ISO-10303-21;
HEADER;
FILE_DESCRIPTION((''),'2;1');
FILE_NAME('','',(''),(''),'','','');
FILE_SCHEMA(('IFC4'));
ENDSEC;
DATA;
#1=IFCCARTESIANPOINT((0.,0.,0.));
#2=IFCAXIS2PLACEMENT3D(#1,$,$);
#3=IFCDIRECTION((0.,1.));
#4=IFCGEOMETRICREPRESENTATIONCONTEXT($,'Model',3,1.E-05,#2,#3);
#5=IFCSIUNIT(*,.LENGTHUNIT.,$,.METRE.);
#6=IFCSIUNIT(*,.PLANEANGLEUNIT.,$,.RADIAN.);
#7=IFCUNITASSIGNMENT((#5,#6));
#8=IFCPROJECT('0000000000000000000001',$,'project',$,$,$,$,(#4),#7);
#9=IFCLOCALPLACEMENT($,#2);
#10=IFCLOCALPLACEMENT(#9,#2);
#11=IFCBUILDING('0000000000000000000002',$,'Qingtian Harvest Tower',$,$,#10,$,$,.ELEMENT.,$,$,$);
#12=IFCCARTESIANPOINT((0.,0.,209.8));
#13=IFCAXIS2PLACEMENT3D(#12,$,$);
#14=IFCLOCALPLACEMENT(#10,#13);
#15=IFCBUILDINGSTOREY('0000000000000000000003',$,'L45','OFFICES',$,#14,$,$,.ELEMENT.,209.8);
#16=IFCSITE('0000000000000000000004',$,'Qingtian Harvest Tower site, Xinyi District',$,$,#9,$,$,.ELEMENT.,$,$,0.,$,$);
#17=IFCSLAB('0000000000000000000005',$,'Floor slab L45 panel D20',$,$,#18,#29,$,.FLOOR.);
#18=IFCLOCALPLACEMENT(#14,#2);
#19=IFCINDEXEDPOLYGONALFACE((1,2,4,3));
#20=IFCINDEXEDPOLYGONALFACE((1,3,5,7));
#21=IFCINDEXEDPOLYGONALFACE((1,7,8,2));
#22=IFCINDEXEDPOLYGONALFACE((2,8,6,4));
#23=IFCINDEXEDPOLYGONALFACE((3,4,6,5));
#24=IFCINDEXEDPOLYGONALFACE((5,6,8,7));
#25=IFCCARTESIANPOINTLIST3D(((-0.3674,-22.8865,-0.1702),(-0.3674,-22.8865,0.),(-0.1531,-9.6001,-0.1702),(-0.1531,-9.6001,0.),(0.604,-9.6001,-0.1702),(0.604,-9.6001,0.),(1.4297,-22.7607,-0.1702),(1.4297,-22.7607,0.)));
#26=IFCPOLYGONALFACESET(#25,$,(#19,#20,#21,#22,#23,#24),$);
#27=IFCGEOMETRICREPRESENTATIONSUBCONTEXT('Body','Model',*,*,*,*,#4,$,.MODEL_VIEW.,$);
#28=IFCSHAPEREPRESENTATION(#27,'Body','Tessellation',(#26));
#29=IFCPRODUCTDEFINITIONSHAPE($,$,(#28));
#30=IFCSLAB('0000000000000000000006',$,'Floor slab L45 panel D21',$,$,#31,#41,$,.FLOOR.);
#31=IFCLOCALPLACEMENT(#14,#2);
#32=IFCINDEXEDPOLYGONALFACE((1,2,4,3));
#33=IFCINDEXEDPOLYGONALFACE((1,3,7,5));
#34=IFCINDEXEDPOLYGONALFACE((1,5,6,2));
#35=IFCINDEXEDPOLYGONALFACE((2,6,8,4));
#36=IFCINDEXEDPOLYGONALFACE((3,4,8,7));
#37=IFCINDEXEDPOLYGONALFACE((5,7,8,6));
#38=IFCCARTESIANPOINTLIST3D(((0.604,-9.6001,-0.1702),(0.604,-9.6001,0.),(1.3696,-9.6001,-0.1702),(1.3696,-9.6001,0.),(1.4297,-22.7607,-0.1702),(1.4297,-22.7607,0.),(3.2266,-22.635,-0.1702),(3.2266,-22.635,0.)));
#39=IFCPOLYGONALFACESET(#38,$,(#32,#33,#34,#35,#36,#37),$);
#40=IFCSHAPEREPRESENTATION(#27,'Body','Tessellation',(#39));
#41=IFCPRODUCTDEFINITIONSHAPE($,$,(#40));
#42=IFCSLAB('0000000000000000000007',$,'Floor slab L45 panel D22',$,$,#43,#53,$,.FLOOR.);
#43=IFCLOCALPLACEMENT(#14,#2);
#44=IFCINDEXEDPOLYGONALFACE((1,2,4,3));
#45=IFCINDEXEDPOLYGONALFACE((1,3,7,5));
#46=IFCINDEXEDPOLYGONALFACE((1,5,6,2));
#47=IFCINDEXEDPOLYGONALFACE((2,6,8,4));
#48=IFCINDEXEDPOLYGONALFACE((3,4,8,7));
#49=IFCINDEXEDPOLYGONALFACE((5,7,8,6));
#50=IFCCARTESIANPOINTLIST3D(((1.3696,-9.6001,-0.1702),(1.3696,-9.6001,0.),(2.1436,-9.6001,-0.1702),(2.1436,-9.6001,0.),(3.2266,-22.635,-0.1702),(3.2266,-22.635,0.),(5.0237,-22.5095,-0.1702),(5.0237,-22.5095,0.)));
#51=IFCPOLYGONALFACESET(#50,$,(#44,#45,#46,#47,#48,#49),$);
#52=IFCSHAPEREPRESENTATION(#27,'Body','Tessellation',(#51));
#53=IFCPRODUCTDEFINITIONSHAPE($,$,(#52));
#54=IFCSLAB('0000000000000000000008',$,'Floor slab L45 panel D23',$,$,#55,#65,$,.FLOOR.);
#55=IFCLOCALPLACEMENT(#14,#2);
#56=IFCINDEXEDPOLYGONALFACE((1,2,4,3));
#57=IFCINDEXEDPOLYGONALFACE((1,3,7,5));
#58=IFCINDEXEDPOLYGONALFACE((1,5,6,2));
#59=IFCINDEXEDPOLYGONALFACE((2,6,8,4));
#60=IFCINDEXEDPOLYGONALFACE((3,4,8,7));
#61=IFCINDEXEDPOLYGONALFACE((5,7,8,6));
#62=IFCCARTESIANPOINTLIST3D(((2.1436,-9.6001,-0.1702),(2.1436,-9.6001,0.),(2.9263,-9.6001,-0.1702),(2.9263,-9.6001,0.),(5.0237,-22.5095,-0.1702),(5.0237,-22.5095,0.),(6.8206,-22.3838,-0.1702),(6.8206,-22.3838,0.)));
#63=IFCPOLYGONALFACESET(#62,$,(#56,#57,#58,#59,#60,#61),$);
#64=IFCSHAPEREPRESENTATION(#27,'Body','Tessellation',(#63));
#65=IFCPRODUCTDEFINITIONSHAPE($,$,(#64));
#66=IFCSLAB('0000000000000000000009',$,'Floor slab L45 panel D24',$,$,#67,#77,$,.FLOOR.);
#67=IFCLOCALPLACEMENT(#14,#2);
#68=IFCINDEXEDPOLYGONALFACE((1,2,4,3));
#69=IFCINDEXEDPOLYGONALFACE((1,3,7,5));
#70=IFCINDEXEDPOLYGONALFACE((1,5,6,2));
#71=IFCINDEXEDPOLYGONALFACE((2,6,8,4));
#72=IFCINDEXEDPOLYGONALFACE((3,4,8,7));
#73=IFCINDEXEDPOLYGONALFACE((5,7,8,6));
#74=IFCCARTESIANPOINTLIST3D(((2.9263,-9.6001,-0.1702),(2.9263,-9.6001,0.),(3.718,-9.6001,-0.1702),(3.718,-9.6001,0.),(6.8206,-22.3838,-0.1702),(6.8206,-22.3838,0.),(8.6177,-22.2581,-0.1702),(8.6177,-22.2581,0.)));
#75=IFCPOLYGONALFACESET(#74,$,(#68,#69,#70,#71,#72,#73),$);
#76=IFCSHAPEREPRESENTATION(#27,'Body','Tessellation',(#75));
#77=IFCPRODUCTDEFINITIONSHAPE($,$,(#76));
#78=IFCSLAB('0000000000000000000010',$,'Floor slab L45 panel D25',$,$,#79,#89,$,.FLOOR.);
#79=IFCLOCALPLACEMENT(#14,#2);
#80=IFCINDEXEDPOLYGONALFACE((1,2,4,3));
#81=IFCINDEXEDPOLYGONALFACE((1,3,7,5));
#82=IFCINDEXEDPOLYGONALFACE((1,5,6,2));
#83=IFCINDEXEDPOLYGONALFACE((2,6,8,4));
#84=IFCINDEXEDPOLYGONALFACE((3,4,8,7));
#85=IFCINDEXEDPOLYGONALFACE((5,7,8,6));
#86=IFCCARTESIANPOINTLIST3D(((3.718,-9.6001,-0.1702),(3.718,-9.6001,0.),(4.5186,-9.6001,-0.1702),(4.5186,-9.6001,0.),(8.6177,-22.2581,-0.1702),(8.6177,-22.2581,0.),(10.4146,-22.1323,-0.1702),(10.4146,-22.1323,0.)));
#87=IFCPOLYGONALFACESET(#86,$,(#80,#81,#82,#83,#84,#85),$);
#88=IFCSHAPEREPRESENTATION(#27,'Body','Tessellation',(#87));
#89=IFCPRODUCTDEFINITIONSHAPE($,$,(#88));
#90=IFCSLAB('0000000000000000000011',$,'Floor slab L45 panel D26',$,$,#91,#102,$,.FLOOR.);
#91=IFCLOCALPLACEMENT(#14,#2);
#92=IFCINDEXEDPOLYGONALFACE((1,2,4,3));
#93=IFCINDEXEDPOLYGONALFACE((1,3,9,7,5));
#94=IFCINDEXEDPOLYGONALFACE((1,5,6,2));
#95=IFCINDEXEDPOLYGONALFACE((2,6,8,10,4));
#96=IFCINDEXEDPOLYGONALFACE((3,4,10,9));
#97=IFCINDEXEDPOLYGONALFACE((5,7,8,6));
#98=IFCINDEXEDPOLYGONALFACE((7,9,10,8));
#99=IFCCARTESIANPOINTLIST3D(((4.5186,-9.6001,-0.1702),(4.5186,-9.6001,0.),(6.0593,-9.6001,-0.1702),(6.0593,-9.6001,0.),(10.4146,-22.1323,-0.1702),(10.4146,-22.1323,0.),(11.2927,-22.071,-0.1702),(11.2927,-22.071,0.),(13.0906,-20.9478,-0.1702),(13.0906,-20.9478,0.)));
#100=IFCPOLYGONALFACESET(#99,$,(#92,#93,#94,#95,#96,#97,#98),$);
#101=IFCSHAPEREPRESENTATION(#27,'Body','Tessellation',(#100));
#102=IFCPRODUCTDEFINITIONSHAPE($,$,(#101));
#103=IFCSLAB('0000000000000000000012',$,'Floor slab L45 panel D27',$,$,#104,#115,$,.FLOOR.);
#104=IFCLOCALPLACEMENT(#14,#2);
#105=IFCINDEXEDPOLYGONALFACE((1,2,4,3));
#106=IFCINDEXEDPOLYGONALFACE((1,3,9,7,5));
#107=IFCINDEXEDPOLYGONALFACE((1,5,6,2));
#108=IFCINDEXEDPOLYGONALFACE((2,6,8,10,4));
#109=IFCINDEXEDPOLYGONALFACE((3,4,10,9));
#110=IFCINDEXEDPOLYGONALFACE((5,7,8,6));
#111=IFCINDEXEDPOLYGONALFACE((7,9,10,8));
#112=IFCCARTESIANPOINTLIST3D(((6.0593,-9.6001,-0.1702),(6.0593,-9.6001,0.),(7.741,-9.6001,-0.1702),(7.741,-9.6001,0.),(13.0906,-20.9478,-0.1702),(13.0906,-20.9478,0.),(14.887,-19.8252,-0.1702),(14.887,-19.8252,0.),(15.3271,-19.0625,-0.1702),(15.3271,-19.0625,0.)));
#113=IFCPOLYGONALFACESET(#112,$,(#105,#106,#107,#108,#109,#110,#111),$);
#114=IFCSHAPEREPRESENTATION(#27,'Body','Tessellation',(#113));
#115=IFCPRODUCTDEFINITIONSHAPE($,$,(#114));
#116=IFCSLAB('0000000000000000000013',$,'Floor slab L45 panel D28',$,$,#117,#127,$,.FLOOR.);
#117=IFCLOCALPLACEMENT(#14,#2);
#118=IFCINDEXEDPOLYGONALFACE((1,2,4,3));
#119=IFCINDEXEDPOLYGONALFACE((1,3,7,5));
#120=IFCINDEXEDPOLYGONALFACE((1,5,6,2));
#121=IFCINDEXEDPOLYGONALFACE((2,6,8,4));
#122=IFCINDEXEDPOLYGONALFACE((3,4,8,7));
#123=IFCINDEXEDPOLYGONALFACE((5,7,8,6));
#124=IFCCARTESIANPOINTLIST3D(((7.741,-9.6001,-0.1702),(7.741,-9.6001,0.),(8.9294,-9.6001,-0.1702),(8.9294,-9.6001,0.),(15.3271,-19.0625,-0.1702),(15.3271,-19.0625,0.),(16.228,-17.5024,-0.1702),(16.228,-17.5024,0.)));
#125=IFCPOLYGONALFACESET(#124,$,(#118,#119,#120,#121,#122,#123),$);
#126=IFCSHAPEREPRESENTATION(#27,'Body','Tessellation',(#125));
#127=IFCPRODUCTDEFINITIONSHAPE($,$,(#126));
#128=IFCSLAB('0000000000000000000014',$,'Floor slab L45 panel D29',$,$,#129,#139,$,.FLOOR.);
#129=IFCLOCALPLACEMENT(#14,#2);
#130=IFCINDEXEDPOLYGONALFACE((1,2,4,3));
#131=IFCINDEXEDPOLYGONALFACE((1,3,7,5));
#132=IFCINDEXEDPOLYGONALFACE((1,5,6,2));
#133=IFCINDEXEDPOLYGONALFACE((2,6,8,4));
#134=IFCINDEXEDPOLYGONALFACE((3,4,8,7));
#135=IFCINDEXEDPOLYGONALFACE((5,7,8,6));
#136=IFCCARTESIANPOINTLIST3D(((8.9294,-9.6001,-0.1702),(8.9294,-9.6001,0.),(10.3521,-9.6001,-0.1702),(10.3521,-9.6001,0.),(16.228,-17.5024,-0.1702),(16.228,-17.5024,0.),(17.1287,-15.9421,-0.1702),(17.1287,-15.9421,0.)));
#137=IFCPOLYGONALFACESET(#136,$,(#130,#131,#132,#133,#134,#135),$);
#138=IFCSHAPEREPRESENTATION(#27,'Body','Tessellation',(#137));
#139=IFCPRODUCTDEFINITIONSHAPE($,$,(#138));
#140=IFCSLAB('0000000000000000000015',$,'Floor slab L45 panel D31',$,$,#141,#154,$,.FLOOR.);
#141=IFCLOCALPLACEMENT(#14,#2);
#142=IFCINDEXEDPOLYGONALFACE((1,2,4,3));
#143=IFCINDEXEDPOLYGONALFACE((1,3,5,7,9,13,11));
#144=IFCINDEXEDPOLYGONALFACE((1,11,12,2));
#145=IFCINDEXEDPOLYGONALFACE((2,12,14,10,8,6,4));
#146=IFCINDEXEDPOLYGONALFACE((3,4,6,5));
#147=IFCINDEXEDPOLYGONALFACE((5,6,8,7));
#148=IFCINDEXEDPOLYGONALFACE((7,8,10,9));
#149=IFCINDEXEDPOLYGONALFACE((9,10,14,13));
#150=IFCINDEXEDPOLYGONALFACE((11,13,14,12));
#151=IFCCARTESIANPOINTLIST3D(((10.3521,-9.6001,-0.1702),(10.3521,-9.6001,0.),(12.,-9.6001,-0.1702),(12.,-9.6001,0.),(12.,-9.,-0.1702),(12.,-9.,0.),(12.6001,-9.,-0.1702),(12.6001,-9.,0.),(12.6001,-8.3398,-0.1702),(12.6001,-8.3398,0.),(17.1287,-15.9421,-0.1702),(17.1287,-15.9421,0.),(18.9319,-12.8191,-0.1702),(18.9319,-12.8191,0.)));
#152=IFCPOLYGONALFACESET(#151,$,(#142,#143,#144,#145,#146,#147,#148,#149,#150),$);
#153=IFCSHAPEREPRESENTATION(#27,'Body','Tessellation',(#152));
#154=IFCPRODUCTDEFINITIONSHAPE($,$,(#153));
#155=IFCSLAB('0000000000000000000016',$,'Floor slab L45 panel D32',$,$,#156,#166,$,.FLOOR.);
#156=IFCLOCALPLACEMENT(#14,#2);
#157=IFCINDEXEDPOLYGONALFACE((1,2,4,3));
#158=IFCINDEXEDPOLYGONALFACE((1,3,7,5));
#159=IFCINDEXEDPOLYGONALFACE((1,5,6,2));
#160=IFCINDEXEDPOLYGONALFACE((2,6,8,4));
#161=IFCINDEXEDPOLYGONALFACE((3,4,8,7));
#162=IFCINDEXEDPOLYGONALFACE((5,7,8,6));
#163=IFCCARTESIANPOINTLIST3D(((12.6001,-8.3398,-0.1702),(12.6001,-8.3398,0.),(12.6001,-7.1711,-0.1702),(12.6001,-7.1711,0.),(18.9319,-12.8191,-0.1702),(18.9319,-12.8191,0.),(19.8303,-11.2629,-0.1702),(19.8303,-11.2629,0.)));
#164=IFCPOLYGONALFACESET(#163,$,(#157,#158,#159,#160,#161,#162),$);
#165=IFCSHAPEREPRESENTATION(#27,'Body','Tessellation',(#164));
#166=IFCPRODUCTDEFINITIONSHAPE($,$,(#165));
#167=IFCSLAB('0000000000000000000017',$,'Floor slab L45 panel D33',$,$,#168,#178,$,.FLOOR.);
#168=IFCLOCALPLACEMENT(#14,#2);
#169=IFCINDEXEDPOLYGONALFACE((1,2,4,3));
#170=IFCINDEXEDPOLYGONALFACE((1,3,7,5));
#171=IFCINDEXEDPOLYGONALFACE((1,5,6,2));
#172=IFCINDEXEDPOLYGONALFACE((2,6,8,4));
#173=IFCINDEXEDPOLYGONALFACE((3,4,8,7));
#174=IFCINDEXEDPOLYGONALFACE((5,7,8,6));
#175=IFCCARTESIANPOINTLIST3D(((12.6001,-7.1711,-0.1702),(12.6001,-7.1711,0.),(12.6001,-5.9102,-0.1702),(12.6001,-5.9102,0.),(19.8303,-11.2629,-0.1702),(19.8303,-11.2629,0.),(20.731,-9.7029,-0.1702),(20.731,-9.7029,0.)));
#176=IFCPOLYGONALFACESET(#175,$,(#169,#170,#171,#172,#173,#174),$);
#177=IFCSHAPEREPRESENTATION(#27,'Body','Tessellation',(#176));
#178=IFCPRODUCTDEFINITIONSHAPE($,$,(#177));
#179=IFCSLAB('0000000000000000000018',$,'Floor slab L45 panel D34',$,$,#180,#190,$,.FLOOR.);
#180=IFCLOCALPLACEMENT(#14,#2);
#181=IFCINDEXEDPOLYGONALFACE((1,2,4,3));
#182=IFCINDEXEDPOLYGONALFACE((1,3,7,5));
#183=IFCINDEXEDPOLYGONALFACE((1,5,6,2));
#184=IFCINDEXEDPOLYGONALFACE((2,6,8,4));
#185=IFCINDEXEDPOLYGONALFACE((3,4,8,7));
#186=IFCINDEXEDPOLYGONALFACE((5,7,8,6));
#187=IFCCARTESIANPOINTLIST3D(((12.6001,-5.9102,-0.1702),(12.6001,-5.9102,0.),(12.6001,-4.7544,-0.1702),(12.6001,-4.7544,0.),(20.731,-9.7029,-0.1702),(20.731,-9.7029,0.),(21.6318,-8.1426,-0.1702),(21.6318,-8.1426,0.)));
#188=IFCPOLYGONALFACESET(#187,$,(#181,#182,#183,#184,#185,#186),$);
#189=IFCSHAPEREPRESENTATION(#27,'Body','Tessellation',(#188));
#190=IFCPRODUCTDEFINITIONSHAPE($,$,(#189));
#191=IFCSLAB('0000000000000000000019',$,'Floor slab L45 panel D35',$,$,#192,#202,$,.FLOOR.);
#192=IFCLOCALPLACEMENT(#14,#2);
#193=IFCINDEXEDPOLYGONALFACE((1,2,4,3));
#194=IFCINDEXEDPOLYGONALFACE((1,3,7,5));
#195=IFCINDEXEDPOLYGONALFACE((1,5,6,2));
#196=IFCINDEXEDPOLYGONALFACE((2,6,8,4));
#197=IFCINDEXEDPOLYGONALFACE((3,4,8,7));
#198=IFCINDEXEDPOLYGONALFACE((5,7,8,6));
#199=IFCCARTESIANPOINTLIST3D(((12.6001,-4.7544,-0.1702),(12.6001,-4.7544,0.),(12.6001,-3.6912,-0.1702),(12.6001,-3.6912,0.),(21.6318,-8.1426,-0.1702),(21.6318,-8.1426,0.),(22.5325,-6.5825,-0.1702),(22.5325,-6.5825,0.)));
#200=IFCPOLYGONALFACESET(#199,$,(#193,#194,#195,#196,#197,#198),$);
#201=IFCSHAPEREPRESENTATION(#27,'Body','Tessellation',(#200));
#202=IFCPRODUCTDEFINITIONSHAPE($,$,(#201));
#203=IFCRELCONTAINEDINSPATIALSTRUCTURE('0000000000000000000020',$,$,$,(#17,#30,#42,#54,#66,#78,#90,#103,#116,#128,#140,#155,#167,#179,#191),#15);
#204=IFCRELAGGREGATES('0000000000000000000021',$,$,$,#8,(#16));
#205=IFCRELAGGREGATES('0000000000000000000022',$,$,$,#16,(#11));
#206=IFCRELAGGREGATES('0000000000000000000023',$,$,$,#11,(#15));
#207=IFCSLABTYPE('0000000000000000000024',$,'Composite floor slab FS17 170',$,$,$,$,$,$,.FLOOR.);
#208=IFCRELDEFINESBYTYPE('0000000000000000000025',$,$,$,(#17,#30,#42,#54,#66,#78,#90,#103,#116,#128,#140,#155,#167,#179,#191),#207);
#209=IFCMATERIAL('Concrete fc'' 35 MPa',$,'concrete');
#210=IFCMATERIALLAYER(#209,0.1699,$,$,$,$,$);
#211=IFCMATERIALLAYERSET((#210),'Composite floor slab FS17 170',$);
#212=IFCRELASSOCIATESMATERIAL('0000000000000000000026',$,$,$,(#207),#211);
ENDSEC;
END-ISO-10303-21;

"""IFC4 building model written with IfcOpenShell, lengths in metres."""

from ifc_helpers import new_model, si_unit, direction, frame, origin, place, context, subcontext, project, spatial, polyline, outline, extrude, material, layer, layer_set, type_object, element, save


model = new_model("IFC4")

# Units and contexts
model_context = context("Model", 3, precision=1e-05, world=origin(), true_north=direction((0.0, 1.0)))
body_context = subcontext(model_context, "Body", "Model", "MODEL_VIEW")
ifc_project = project(units=[si_unit("LENGTHUNIT", "METRE"), si_unit("PLANEANGLEUNIT", "RADIAN")], contexts=[model_context])

# Site, building, storey
site_placement = place(None, origin())
site = spatial("IfcSite", under=ifc_project, at=site_placement, Name="Qingtian Harvest Tower site, Xinyi District", CompositionType="ELEMENT", RefElevation=0.0)
building_placement = place(site_placement, origin())
building = spatial("IfcBuilding", under=site, at=building_placement, Name="Qingtian Harvest Tower", CompositionType="ELEMENT")
storey_placement = place(building_placement, frame((0.0, 0.0, 209.8)))
storey = spatial("IfcBuildingStorey", under=building, at=storey_placement, Name="L45", Description="OFFICES", CompositionType="ELEMENT", Elevation=209.8)

# Slabs
ifc_material_1 = material(Name="Concrete fc' 35 MPa", Category="concrete")
ifc_layer_1 = layer(ifc_material_1, 0.1699)
ifc_layer_set_1 = layer_set([ifc_layer_1], Name="Composite floor slab FS17 170")
slab_type = type_object("IfcSlabType", Name="Composite floor slab FS17 170", PredefinedType="FLOOR", material=ifc_layer_set_1)
slab_1_placement = place(storey_placement, frame((0.0, 0.0, -0.1702)))
element("IfcSlab", 1, at=slab_1_placement, inside=storey, type_object=slab_type, Name="Floor slab L45 panel D20", PredefinedType="FLOOR", context=body_context, shape_type="SweptSolid", body=[
    extrude(outline(polyline([(0.604, -9.6001), (1.4297, -22.7607), (-0.3674, -22.8865), (-0.1531, -9.6001), (0.604, -9.6001)])), origin(), (0.0, 0.0, 1.0), 0.1702),
])
slab_2_placement = place(storey_placement, frame((0.0, 0.0, -0.1702)))
element("IfcSlab", 2, at=slab_2_placement, inside=storey, type_object=slab_type, Name="Floor slab L45 panel D21", PredefinedType="FLOOR", context=body_context, shape_type="SweptSolid", body=[
    extrude(outline(polyline([(1.3696, -9.6001), (3.2266, -22.635), (1.4297, -22.7607), (0.604, -9.6001), (1.3696, -9.6001)])), origin(), (0.0, 0.0, 1.0), 0.1702),
])
slab_3_placement = place(storey_placement, frame((0.0, 0.0, -0.1702)))
element("IfcSlab", 3, at=slab_3_placement, inside=storey, type_object=slab_type, Name="Floor slab L45 panel D22", PredefinedType="FLOOR", context=body_context, shape_type="SweptSolid", body=[
    extrude(outline(polyline([(2.1436, -9.6001), (5.0237, -22.5095), (3.2266, -22.635), (1.3696, -9.6001), (2.1436, -9.6001)])), origin(), (0.0, 0.0, 1.0), 0.1702),
])
slab_4_placement = place(storey_placement, frame((0.0, 0.0, -0.1702)))
element("IfcSlab", 4, at=slab_4_placement, inside=storey, type_object=slab_type, Name="Floor slab L45 panel D23", PredefinedType="FLOOR", context=body_context, shape_type="SweptSolid", body=[
    extrude(outline(polyline([(2.9263, -9.6001), (6.8206, -22.3838), (5.0237, -22.5095), (2.1436, -9.6001), (2.9263, -9.6001)])), origin(), (0.0, 0.0, 1.0), 0.1702),
])
slab_5_placement = place(storey_placement, frame((0.0, 0.0, -0.1702)))
element("IfcSlab", 5, at=slab_5_placement, inside=storey, type_object=slab_type, Name="Floor slab L45 panel D24", PredefinedType="FLOOR", context=body_context, shape_type="SweptSolid", body=[
    extrude(outline(polyline([(3.718, -9.6001), (8.6177, -22.2581), (6.8206, -22.3838), (2.9263, -9.6001), (3.718, -9.6001)])), origin(), (0.0, 0.0, 1.0), 0.1702),
])
slab_6_placement = place(storey_placement, frame((0.0, 0.0, -0.1702)))
element("IfcSlab", 6, at=slab_6_placement, inside=storey, type_object=slab_type, Name="Floor slab L45 panel D25", PredefinedType="FLOOR", context=body_context, shape_type="SweptSolid", body=[
    extrude(outline(polyline([(4.5186, -9.6001), (10.4146, -22.1323), (8.6177, -22.2581), (3.718, -9.6001), (4.5186, -9.6001)])), origin(), (0.0, 0.0, 1.0), 0.1702),
])
slab_7_placement = place(storey_placement, frame((0.0, 0.0, -0.1702)))
element("IfcSlab", 7, at=slab_7_placement, inside=storey, type_object=slab_type, Name="Floor slab L45 panel D26", PredefinedType="FLOOR", context=body_context, shape_type="SweptSolid", body=[
    extrude(outline(polyline([(4.5186, -9.6001), (6.0593, -9.6001), (13.0906, -20.9478), (11.2927, -22.071), (10.4146, -22.1323), (4.5186, -9.6001)])), origin(), (0.0, 0.0, 1.0), 0.1702),
])
slab_8_placement = place(storey_placement, frame((0.0, 0.0, -0.1702)))
element("IfcSlab", 8, at=slab_8_placement, inside=storey, type_object=slab_type, Name="Floor slab L45 panel D27", PredefinedType="FLOOR", context=body_context, shape_type="SweptSolid", body=[
    extrude(outline(polyline([(6.0593, -9.6001), (7.741, -9.6001), (15.3271, -19.0625), (14.887, -19.8252), (13.0906, -20.9478), (6.0593, -9.6001)])), origin(), (0.0, 0.0, 1.0), 0.1702),
])
slab_9_placement = place(storey_placement, frame((0.0, 0.0, -0.1702)))
element("IfcSlab", 9, at=slab_9_placement, inside=storey, type_object=slab_type, Name="Floor slab L45 panel D28", PredefinedType="FLOOR", context=body_context, shape_type="SweptSolid", body=[
    extrude(outline(polyline([(8.9294, -9.6001), (16.228, -17.5024), (15.3271, -19.0625), (7.741, -9.6001), (8.9294, -9.6001)])), origin(), (0.0, 0.0, 1.0), 0.1702),
])
slab_10_placement = place(storey_placement, frame((0.0, 0.0, -0.1702)))
element("IfcSlab", 10, at=slab_10_placement, inside=storey, type_object=slab_type, Name="Floor slab L45 panel D29", PredefinedType="FLOOR", context=body_context, shape_type="SweptSolid", body=[
    extrude(outline(polyline([(10.3521, -9.6001), (17.1287, -15.9421), (16.228, -17.5024), (8.9294, -9.6001), (10.3521, -9.6001)])), origin(), (0.0, 0.0, 1.0), 0.1702),
])
slab_11_placement = place(storey_placement, frame((0.0, 0.0, -0.1702)))
element("IfcSlab", 11, at=slab_11_placement, inside=storey, type_object=slab_type, Name="Floor slab L45 panel D31", PredefinedType="FLOOR", context=body_context, shape_type="SweptSolid", body=[
    extrude(outline(polyline([(12.6001, -8.3398), (18.9319, -12.8191), (17.1287, -15.9421), (10.3521, -9.6001), (12.0, -9.6001), (12.0, -9.0), (12.6001, -9.0), (12.6001, -8.3398)])), origin(), (0.0, 0.0, 1.0), 0.1702),
])
slab_12_placement = place(storey_placement, frame((0.0, 0.0, -0.1702)))
element("IfcSlab", 12, at=slab_12_placement, inside=storey, type_object=slab_type, Name="Floor slab L45 panel D32", PredefinedType="FLOOR", context=body_context, shape_type="SweptSolid", body=[
    extrude(outline(polyline([(12.6001, -7.1711), (19.8303, -11.2629), (18.9319, -12.8191), (12.6001, -8.3398), (12.6001, -7.1711)])), origin(), (0.0, 0.0, 1.0), 0.1702),
])
slab_13_placement = place(storey_placement, frame((0.0, 0.0, -0.1702)))
element("IfcSlab", 13, at=slab_13_placement, inside=storey, type_object=slab_type, Name="Floor slab L45 panel D33", PredefinedType="FLOOR", context=body_context, shape_type="SweptSolid", body=[
    extrude(outline(polyline([(12.6001, -5.9102), (20.731, -9.7029), (19.8303, -11.2629), (12.6001, -7.1711), (12.6001, -5.9102)])), origin(), (0.0, 0.0, 1.0), 0.1702),
])
slab_14_placement = place(storey_placement, frame((0.0, 0.0, -0.1702)))
element("IfcSlab", 14, at=slab_14_placement, inside=storey, type_object=slab_type, Name="Floor slab L45 panel D34", PredefinedType="FLOOR", context=body_context, shape_type="SweptSolid", body=[
    extrude(outline(polyline([(12.6001, -4.7544), (21.6318, -8.1426), (20.731, -9.7029), (12.6001, -5.9102), (12.6001, -4.7544)])), origin(), (0.0, 0.0, 1.0), 0.1702),
])
slab_15_placement = place(storey_placement, frame((0.0, 0.0, -0.1702)))
element("IfcSlab", 15, at=slab_15_placement, inside=storey, type_object=slab_type, Name="Floor slab L45 panel D35", PredefinedType="FLOOR", context=body_context, shape_type="SweptSolid", body=[
    extrude(outline(polyline([(12.6001, -3.6912), (22.5325, -6.5825), (21.6318, -8.1426), (12.6001, -4.7544), (12.6001, -3.6912)])), origin(), (0.0, 0.0, 1.0), 0.1702),
])

save(model, "model.ifc")
